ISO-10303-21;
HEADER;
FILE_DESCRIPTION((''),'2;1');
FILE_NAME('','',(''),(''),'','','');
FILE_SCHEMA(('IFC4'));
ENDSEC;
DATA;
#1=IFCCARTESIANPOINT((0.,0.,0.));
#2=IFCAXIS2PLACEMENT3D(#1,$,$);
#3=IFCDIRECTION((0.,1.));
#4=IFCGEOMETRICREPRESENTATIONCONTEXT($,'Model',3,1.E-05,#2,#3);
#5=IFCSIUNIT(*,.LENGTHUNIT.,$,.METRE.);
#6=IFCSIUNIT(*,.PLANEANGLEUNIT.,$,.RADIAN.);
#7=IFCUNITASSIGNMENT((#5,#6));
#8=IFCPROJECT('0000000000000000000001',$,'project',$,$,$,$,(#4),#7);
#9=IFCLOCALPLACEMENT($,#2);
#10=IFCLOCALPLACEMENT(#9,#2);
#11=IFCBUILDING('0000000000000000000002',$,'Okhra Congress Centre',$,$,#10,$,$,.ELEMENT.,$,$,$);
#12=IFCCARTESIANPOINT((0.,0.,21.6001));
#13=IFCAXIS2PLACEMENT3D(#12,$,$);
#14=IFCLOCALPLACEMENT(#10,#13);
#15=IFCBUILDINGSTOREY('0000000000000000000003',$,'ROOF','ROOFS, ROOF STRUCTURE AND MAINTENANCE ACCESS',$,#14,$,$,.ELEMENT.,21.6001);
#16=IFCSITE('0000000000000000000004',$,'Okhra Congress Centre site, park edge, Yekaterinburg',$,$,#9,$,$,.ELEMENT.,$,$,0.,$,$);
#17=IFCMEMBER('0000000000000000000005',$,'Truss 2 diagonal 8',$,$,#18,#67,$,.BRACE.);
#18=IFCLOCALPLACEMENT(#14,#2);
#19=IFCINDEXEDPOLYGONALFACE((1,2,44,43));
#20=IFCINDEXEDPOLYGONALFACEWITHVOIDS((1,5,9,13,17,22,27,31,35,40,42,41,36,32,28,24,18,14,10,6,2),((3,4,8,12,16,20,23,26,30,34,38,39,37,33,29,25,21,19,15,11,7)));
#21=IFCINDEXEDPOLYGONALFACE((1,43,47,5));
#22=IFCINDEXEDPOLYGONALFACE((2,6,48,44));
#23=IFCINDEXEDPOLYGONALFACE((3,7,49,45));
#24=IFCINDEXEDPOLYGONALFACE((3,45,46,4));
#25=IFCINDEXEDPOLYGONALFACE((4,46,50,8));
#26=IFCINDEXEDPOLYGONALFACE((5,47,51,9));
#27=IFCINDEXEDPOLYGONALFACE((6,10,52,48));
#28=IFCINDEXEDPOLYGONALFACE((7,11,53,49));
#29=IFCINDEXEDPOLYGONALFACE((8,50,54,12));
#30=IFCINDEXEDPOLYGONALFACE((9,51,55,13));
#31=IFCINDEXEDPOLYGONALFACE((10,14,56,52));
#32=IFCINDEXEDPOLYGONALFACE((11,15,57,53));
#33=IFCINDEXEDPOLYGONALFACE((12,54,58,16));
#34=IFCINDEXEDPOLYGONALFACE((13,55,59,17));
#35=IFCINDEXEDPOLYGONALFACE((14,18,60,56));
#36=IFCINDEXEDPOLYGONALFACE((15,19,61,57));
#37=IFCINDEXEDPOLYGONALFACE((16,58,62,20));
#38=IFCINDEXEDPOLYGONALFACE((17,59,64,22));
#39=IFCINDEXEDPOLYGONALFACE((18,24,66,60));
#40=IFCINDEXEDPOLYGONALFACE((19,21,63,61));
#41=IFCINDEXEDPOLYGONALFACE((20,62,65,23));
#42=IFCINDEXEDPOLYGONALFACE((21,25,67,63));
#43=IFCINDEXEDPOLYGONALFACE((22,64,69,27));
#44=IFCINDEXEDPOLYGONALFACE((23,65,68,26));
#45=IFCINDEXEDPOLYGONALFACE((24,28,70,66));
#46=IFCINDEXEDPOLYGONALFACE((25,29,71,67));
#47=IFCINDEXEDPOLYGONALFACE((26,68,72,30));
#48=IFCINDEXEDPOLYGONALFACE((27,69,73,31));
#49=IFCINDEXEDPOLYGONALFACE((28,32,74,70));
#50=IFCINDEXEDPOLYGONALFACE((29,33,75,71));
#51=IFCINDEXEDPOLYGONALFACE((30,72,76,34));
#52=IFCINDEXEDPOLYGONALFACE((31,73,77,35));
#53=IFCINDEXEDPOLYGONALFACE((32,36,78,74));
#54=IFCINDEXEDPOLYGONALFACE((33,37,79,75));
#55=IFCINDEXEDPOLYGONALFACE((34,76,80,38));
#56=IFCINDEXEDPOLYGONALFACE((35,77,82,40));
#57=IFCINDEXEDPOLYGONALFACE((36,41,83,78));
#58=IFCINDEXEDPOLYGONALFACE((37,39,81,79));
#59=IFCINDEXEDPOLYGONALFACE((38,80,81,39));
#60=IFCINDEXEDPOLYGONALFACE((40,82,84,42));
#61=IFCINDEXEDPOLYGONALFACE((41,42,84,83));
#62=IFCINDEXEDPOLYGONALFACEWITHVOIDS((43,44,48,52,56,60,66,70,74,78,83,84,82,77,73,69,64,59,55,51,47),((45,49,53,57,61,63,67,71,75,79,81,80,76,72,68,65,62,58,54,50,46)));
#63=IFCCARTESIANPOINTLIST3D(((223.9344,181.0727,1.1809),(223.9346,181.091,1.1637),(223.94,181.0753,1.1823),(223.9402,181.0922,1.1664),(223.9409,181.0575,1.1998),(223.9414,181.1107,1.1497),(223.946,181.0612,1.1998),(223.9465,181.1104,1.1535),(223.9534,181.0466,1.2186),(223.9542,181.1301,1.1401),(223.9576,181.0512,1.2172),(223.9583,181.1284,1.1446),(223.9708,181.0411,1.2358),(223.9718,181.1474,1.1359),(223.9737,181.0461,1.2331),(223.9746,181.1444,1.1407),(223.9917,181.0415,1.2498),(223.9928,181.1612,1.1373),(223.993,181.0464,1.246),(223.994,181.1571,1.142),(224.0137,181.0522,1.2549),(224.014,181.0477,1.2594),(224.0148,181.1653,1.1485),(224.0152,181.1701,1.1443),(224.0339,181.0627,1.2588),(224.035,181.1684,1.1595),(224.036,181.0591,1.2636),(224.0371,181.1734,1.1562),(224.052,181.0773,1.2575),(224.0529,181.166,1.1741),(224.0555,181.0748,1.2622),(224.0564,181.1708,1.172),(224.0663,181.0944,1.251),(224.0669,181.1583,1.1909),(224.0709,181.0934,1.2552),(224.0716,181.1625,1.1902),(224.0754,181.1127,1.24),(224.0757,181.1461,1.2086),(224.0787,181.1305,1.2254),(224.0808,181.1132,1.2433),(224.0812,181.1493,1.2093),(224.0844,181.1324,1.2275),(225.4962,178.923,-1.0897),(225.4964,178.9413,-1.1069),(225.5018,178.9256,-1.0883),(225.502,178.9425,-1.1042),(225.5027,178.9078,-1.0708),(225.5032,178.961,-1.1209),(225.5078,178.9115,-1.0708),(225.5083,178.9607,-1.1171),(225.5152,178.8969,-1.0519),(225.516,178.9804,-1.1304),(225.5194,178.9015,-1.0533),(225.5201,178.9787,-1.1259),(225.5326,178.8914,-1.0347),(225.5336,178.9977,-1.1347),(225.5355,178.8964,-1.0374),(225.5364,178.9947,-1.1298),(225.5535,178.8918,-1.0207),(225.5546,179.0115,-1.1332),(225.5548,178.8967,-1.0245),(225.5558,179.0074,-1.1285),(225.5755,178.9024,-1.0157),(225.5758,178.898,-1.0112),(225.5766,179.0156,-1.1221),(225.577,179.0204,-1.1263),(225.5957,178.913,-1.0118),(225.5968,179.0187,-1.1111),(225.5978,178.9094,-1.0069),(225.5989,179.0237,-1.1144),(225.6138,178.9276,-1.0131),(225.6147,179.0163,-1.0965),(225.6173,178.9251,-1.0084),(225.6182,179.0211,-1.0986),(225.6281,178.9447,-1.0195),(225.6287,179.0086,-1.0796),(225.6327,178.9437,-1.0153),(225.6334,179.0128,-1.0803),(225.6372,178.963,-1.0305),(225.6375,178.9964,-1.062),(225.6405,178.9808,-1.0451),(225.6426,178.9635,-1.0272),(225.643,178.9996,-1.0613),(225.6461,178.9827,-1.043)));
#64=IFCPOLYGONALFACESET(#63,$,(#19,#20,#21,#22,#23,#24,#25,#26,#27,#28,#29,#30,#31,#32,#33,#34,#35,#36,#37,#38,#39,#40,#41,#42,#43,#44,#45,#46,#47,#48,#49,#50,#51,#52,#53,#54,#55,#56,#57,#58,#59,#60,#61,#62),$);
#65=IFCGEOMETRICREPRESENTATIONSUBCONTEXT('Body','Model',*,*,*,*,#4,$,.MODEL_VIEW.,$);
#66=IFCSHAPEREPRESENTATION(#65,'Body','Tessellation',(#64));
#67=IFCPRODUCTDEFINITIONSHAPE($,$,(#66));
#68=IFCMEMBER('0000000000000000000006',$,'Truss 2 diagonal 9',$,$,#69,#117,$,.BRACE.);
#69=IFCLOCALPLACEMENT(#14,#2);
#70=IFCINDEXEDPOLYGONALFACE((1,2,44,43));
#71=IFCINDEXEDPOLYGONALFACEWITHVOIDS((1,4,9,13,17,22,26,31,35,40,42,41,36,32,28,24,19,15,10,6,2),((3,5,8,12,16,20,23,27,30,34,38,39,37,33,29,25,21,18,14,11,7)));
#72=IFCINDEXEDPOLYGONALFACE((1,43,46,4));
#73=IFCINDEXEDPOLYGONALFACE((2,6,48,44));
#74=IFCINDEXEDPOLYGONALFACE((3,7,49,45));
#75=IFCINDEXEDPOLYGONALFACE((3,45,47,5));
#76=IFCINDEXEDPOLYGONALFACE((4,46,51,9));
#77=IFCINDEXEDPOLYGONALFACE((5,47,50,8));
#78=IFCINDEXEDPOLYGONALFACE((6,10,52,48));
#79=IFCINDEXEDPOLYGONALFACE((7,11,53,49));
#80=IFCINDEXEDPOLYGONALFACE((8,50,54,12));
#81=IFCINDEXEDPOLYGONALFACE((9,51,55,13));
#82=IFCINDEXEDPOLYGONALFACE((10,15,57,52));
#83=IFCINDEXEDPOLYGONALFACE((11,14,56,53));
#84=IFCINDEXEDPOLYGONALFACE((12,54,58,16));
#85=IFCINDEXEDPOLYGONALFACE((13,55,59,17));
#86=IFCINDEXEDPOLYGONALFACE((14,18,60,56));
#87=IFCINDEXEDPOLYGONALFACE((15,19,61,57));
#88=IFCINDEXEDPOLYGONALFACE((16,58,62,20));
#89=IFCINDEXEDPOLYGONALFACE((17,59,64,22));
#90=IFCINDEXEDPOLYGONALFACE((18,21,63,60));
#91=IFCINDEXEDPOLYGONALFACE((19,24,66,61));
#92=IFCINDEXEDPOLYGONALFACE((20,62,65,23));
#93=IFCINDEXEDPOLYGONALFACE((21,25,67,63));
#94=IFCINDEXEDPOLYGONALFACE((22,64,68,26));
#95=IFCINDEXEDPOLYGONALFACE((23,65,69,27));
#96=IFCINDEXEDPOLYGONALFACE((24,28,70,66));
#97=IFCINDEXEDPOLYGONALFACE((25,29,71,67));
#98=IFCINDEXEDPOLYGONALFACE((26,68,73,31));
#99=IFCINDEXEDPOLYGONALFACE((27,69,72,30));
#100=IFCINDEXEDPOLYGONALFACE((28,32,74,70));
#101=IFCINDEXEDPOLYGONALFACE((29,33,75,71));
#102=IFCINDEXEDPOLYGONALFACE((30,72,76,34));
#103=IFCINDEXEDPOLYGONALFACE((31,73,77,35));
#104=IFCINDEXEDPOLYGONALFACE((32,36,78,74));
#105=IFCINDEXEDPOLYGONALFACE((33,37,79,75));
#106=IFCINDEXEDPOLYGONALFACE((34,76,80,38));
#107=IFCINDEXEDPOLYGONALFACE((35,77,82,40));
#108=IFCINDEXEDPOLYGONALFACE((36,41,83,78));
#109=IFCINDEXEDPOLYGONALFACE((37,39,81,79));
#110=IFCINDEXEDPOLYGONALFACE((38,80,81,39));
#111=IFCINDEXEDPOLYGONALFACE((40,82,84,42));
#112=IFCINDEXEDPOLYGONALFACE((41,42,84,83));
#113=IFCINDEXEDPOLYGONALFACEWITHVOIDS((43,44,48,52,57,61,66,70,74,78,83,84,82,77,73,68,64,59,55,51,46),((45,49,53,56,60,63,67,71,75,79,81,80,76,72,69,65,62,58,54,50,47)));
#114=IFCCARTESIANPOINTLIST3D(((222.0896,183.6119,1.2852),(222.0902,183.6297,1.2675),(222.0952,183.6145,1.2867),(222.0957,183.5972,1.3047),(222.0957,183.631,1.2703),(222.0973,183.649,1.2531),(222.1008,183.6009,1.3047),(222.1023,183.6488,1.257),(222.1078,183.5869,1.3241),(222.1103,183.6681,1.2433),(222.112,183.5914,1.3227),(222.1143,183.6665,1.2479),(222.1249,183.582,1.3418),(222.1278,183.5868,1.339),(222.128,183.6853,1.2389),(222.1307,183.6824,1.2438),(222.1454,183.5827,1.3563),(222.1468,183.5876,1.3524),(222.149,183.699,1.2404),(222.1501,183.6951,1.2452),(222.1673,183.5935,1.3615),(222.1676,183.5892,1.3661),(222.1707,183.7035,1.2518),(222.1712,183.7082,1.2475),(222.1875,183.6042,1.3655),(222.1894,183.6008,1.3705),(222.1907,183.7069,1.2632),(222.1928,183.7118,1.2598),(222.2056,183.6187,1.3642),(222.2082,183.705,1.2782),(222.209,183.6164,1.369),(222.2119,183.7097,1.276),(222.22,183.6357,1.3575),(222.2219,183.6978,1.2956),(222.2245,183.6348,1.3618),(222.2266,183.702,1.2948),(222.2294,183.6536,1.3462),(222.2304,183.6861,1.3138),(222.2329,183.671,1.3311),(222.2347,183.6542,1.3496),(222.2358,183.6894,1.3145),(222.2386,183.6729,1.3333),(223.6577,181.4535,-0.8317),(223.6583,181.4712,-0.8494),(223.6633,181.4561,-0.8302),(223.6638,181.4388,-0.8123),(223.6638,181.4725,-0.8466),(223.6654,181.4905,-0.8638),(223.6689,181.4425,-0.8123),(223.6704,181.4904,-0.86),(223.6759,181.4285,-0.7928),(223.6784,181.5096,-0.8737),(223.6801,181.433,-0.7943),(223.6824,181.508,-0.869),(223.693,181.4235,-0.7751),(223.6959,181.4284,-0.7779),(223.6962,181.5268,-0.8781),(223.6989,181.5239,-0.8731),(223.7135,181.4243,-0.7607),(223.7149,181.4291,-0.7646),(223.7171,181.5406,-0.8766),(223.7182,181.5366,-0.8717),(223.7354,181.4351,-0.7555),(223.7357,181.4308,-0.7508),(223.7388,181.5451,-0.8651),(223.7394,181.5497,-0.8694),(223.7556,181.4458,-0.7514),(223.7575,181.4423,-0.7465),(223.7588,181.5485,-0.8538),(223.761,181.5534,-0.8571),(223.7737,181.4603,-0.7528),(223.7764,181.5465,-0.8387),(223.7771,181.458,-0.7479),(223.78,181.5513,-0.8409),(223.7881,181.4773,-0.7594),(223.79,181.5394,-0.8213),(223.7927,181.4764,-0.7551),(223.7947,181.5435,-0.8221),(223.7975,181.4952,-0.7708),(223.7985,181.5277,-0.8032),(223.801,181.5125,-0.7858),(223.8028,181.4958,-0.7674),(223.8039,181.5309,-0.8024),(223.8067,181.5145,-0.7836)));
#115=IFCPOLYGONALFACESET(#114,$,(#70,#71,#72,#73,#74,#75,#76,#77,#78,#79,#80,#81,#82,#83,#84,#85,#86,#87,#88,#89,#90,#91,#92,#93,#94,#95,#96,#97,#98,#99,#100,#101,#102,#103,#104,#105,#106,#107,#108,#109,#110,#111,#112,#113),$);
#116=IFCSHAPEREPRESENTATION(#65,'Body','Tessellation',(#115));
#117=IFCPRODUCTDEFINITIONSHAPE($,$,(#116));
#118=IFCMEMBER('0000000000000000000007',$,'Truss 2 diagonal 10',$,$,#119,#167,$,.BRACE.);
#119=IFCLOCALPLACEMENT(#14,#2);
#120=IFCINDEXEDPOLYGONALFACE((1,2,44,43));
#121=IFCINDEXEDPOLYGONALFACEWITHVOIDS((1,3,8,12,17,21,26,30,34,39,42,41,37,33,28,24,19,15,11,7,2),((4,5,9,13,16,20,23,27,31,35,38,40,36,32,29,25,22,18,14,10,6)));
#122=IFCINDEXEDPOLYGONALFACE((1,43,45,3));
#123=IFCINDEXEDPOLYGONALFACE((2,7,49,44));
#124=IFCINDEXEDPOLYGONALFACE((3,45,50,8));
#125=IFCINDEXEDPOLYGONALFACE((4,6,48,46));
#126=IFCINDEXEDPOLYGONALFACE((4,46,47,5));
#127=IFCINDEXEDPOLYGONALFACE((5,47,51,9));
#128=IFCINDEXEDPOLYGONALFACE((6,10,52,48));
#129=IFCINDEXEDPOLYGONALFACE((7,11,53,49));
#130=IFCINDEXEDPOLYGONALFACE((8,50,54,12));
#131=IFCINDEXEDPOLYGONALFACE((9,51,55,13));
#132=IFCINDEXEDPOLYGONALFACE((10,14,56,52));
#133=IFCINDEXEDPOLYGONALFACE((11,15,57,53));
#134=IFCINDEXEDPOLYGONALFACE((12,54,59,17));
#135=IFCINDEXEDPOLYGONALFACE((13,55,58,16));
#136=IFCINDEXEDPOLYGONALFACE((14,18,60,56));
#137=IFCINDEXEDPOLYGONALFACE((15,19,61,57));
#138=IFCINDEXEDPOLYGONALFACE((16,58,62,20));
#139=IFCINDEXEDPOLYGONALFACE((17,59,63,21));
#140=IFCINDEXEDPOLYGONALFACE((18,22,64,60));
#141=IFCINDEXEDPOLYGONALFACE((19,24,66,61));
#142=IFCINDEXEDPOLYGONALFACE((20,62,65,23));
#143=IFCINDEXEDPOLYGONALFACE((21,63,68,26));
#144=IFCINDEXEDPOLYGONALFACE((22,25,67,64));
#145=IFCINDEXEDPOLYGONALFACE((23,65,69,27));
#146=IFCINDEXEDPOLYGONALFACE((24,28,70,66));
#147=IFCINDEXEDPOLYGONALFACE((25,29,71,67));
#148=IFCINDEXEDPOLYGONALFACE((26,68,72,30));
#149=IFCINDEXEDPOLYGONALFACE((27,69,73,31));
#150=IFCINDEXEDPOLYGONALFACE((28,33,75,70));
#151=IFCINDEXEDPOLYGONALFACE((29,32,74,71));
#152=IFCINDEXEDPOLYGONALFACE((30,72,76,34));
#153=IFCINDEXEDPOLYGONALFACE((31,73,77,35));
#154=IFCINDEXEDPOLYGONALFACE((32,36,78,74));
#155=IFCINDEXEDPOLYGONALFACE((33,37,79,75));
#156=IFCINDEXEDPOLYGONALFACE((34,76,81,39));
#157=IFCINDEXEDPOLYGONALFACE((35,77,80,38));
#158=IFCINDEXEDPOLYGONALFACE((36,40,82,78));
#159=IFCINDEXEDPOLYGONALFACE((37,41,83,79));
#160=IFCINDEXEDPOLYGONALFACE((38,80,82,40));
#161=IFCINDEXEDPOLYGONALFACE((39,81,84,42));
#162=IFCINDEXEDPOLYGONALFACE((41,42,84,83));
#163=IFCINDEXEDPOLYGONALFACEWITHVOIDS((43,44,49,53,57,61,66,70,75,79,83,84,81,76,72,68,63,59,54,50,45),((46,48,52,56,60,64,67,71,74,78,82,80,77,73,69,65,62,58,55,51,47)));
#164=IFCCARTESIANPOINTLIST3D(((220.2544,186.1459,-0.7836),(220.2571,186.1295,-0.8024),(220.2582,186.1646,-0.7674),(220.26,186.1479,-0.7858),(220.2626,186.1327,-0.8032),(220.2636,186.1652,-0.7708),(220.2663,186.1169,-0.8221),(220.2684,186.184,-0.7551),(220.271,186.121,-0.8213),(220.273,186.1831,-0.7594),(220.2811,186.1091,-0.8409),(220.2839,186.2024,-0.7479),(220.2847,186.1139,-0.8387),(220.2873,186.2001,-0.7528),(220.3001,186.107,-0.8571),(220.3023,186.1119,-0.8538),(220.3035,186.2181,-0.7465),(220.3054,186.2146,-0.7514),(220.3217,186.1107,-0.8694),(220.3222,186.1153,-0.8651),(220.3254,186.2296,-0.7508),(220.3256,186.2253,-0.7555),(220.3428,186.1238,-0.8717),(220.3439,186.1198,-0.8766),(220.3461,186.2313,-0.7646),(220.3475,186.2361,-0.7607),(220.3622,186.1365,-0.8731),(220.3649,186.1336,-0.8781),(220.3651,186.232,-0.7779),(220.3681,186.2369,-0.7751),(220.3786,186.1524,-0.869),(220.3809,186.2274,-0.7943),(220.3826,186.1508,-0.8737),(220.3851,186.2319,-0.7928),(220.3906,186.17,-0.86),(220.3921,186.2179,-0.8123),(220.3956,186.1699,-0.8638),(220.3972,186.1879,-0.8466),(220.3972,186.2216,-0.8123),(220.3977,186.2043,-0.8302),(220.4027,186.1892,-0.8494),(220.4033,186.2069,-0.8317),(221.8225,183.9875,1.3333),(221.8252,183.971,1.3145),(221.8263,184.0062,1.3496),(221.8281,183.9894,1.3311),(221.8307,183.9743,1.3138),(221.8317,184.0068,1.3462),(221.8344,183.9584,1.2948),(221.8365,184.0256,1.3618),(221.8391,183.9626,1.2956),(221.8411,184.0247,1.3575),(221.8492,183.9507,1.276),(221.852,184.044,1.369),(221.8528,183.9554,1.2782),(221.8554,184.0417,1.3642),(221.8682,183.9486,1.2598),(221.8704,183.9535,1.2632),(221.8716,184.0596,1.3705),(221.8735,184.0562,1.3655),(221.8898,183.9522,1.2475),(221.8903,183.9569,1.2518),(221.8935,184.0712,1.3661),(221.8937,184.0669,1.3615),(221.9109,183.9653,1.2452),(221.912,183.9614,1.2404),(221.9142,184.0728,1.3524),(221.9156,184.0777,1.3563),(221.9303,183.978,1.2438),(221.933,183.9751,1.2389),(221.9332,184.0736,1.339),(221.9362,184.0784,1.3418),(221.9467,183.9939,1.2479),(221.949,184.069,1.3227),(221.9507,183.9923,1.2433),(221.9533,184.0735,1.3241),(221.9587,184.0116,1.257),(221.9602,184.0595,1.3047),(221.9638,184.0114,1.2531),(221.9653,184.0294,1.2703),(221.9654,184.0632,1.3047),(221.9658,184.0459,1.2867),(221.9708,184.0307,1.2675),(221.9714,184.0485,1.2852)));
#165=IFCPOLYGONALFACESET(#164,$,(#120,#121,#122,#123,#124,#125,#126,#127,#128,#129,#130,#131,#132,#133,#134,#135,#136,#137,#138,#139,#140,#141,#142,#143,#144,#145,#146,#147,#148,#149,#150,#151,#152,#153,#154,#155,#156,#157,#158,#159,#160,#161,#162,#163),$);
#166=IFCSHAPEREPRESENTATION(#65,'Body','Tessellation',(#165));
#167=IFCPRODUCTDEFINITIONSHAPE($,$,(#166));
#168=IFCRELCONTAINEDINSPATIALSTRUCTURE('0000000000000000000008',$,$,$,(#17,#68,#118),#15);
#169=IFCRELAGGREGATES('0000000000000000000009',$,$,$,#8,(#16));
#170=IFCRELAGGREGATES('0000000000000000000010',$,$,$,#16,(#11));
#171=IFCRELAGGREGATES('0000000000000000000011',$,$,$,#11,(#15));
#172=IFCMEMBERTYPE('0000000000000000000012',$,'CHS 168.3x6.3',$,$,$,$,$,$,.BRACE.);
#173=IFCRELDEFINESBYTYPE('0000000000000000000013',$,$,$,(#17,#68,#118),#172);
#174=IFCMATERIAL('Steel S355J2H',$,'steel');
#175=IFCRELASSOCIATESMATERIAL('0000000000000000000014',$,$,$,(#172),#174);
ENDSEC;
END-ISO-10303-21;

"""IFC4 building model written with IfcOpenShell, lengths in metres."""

from ifc_helpers import new_model, si_unit, direction, frame, origin, origin_2d, place, context, subcontext, project, spatial, hollow_circle, extrude, material, material_profile, profile_set, type_object, element, save


model = new_model("IFC4")

# Units and contexts
model_context = context("Model", 3, precision=1e-05, world=origin(), true_north=direction((0.0, 1.0)))
body_context = subcontext(model_context, "Body", "Model", "MODEL_VIEW")
ifc_project = project(units=[si_unit("LENGTHUNIT", "METRE"), si_unit("PLANEANGLEUNIT", "RADIAN")], contexts=[model_context])

# Site, building, storey
site_placement = place(None, origin())
site = spatial("IfcSite", under=ifc_project, at=site_placement, Name="Okhra Congress Centre site, park edge, Yekaterinburg", CompositionType="ELEMENT", RefElevation=0.0)
building_placement = place(site_placement, origin())
building = spatial("IfcBuilding", under=site, at=building_placement, Name="Okhra Congress Centre", CompositionType="ELEMENT")
storey_placement = place(building_placement, frame((0.0, 0.0, 21.6001)))
storey = spatial("IfcBuildingStorey", under=building, at=storey_placement, Name="ROOF", Description="ROOFS, ROOF STRUCTURE AND MAINTENANCE ACCESS", CompositionType="ELEMENT", Elevation=21.6001)

# Members
ifc_material_1 = material(Name="Steel S355J2H", Category="steel")
ifc_material_profile_1 = material_profile(ifc_material_1, hollow_circle(Radius=0.0842, WallThickness=0.0063, at=origin_2d()), Name="CHS 168.3x6.3")
ifc_profile_set_1 = profile_set([ifc_material_profile_1], Name="Steel S355J2H")
member_type_1 = type_object("IfcMemberType", Name="CHS 168.3x6.3", PredefinedType="BRACE", material=ifc_profile_set_1)
member_1_placement = place(storey_placement, frame((225.5708, 178.9573, -1.0708), z_axis=(-0.446852, 0.615058, 0.649636), x_axis=(-0.809026, -0.587773, 0.0)))
element("IfcMember", 1, at=member_1_placement, inside=storey, type_object=member_type_1, Name="Truss 2 diagonal 8", PredefinedType="BRACE", context=body_context, shape_type="SweptSolid", body=[
    extrude(hollow_circle(Radius=0.0842, WallThickness=0.0063, at=origin_2d()), origin(), (0.0, 0.0, 1.0), 3.4951),
])
for number, where, z_axis, x_axis, name in (
    (2, (223.7319, 181.4883, -0.8123), (-0.460428, 0.63376, 0.621574), (-0.809033, -0.587764, 0.0), "Truss 2 diagonal 9"),
    (3, (220.3291, 186.1721, -0.8123), (0.460428, -0.63376, 0.621574), (0.809033, 0.587764, 0.0), "Truss 2 diagonal 10"),
):
    element("IfcMember", number, at=place(storey_placement, frame(where, z_axis=z_axis, x_axis=x_axis)), inside=storey, type_object=member_type_1, Name=name, PredefinedType="BRACE", context=body_context, shape_type="SweptSolid", body=[
        extrude(hollow_circle(Radius=0.0842, WallThickness=0.0063, at=origin_2d()), origin(), (0.0, 0.0, 1.0), 3.4058),
    ])

save(model, "model.ifc")
